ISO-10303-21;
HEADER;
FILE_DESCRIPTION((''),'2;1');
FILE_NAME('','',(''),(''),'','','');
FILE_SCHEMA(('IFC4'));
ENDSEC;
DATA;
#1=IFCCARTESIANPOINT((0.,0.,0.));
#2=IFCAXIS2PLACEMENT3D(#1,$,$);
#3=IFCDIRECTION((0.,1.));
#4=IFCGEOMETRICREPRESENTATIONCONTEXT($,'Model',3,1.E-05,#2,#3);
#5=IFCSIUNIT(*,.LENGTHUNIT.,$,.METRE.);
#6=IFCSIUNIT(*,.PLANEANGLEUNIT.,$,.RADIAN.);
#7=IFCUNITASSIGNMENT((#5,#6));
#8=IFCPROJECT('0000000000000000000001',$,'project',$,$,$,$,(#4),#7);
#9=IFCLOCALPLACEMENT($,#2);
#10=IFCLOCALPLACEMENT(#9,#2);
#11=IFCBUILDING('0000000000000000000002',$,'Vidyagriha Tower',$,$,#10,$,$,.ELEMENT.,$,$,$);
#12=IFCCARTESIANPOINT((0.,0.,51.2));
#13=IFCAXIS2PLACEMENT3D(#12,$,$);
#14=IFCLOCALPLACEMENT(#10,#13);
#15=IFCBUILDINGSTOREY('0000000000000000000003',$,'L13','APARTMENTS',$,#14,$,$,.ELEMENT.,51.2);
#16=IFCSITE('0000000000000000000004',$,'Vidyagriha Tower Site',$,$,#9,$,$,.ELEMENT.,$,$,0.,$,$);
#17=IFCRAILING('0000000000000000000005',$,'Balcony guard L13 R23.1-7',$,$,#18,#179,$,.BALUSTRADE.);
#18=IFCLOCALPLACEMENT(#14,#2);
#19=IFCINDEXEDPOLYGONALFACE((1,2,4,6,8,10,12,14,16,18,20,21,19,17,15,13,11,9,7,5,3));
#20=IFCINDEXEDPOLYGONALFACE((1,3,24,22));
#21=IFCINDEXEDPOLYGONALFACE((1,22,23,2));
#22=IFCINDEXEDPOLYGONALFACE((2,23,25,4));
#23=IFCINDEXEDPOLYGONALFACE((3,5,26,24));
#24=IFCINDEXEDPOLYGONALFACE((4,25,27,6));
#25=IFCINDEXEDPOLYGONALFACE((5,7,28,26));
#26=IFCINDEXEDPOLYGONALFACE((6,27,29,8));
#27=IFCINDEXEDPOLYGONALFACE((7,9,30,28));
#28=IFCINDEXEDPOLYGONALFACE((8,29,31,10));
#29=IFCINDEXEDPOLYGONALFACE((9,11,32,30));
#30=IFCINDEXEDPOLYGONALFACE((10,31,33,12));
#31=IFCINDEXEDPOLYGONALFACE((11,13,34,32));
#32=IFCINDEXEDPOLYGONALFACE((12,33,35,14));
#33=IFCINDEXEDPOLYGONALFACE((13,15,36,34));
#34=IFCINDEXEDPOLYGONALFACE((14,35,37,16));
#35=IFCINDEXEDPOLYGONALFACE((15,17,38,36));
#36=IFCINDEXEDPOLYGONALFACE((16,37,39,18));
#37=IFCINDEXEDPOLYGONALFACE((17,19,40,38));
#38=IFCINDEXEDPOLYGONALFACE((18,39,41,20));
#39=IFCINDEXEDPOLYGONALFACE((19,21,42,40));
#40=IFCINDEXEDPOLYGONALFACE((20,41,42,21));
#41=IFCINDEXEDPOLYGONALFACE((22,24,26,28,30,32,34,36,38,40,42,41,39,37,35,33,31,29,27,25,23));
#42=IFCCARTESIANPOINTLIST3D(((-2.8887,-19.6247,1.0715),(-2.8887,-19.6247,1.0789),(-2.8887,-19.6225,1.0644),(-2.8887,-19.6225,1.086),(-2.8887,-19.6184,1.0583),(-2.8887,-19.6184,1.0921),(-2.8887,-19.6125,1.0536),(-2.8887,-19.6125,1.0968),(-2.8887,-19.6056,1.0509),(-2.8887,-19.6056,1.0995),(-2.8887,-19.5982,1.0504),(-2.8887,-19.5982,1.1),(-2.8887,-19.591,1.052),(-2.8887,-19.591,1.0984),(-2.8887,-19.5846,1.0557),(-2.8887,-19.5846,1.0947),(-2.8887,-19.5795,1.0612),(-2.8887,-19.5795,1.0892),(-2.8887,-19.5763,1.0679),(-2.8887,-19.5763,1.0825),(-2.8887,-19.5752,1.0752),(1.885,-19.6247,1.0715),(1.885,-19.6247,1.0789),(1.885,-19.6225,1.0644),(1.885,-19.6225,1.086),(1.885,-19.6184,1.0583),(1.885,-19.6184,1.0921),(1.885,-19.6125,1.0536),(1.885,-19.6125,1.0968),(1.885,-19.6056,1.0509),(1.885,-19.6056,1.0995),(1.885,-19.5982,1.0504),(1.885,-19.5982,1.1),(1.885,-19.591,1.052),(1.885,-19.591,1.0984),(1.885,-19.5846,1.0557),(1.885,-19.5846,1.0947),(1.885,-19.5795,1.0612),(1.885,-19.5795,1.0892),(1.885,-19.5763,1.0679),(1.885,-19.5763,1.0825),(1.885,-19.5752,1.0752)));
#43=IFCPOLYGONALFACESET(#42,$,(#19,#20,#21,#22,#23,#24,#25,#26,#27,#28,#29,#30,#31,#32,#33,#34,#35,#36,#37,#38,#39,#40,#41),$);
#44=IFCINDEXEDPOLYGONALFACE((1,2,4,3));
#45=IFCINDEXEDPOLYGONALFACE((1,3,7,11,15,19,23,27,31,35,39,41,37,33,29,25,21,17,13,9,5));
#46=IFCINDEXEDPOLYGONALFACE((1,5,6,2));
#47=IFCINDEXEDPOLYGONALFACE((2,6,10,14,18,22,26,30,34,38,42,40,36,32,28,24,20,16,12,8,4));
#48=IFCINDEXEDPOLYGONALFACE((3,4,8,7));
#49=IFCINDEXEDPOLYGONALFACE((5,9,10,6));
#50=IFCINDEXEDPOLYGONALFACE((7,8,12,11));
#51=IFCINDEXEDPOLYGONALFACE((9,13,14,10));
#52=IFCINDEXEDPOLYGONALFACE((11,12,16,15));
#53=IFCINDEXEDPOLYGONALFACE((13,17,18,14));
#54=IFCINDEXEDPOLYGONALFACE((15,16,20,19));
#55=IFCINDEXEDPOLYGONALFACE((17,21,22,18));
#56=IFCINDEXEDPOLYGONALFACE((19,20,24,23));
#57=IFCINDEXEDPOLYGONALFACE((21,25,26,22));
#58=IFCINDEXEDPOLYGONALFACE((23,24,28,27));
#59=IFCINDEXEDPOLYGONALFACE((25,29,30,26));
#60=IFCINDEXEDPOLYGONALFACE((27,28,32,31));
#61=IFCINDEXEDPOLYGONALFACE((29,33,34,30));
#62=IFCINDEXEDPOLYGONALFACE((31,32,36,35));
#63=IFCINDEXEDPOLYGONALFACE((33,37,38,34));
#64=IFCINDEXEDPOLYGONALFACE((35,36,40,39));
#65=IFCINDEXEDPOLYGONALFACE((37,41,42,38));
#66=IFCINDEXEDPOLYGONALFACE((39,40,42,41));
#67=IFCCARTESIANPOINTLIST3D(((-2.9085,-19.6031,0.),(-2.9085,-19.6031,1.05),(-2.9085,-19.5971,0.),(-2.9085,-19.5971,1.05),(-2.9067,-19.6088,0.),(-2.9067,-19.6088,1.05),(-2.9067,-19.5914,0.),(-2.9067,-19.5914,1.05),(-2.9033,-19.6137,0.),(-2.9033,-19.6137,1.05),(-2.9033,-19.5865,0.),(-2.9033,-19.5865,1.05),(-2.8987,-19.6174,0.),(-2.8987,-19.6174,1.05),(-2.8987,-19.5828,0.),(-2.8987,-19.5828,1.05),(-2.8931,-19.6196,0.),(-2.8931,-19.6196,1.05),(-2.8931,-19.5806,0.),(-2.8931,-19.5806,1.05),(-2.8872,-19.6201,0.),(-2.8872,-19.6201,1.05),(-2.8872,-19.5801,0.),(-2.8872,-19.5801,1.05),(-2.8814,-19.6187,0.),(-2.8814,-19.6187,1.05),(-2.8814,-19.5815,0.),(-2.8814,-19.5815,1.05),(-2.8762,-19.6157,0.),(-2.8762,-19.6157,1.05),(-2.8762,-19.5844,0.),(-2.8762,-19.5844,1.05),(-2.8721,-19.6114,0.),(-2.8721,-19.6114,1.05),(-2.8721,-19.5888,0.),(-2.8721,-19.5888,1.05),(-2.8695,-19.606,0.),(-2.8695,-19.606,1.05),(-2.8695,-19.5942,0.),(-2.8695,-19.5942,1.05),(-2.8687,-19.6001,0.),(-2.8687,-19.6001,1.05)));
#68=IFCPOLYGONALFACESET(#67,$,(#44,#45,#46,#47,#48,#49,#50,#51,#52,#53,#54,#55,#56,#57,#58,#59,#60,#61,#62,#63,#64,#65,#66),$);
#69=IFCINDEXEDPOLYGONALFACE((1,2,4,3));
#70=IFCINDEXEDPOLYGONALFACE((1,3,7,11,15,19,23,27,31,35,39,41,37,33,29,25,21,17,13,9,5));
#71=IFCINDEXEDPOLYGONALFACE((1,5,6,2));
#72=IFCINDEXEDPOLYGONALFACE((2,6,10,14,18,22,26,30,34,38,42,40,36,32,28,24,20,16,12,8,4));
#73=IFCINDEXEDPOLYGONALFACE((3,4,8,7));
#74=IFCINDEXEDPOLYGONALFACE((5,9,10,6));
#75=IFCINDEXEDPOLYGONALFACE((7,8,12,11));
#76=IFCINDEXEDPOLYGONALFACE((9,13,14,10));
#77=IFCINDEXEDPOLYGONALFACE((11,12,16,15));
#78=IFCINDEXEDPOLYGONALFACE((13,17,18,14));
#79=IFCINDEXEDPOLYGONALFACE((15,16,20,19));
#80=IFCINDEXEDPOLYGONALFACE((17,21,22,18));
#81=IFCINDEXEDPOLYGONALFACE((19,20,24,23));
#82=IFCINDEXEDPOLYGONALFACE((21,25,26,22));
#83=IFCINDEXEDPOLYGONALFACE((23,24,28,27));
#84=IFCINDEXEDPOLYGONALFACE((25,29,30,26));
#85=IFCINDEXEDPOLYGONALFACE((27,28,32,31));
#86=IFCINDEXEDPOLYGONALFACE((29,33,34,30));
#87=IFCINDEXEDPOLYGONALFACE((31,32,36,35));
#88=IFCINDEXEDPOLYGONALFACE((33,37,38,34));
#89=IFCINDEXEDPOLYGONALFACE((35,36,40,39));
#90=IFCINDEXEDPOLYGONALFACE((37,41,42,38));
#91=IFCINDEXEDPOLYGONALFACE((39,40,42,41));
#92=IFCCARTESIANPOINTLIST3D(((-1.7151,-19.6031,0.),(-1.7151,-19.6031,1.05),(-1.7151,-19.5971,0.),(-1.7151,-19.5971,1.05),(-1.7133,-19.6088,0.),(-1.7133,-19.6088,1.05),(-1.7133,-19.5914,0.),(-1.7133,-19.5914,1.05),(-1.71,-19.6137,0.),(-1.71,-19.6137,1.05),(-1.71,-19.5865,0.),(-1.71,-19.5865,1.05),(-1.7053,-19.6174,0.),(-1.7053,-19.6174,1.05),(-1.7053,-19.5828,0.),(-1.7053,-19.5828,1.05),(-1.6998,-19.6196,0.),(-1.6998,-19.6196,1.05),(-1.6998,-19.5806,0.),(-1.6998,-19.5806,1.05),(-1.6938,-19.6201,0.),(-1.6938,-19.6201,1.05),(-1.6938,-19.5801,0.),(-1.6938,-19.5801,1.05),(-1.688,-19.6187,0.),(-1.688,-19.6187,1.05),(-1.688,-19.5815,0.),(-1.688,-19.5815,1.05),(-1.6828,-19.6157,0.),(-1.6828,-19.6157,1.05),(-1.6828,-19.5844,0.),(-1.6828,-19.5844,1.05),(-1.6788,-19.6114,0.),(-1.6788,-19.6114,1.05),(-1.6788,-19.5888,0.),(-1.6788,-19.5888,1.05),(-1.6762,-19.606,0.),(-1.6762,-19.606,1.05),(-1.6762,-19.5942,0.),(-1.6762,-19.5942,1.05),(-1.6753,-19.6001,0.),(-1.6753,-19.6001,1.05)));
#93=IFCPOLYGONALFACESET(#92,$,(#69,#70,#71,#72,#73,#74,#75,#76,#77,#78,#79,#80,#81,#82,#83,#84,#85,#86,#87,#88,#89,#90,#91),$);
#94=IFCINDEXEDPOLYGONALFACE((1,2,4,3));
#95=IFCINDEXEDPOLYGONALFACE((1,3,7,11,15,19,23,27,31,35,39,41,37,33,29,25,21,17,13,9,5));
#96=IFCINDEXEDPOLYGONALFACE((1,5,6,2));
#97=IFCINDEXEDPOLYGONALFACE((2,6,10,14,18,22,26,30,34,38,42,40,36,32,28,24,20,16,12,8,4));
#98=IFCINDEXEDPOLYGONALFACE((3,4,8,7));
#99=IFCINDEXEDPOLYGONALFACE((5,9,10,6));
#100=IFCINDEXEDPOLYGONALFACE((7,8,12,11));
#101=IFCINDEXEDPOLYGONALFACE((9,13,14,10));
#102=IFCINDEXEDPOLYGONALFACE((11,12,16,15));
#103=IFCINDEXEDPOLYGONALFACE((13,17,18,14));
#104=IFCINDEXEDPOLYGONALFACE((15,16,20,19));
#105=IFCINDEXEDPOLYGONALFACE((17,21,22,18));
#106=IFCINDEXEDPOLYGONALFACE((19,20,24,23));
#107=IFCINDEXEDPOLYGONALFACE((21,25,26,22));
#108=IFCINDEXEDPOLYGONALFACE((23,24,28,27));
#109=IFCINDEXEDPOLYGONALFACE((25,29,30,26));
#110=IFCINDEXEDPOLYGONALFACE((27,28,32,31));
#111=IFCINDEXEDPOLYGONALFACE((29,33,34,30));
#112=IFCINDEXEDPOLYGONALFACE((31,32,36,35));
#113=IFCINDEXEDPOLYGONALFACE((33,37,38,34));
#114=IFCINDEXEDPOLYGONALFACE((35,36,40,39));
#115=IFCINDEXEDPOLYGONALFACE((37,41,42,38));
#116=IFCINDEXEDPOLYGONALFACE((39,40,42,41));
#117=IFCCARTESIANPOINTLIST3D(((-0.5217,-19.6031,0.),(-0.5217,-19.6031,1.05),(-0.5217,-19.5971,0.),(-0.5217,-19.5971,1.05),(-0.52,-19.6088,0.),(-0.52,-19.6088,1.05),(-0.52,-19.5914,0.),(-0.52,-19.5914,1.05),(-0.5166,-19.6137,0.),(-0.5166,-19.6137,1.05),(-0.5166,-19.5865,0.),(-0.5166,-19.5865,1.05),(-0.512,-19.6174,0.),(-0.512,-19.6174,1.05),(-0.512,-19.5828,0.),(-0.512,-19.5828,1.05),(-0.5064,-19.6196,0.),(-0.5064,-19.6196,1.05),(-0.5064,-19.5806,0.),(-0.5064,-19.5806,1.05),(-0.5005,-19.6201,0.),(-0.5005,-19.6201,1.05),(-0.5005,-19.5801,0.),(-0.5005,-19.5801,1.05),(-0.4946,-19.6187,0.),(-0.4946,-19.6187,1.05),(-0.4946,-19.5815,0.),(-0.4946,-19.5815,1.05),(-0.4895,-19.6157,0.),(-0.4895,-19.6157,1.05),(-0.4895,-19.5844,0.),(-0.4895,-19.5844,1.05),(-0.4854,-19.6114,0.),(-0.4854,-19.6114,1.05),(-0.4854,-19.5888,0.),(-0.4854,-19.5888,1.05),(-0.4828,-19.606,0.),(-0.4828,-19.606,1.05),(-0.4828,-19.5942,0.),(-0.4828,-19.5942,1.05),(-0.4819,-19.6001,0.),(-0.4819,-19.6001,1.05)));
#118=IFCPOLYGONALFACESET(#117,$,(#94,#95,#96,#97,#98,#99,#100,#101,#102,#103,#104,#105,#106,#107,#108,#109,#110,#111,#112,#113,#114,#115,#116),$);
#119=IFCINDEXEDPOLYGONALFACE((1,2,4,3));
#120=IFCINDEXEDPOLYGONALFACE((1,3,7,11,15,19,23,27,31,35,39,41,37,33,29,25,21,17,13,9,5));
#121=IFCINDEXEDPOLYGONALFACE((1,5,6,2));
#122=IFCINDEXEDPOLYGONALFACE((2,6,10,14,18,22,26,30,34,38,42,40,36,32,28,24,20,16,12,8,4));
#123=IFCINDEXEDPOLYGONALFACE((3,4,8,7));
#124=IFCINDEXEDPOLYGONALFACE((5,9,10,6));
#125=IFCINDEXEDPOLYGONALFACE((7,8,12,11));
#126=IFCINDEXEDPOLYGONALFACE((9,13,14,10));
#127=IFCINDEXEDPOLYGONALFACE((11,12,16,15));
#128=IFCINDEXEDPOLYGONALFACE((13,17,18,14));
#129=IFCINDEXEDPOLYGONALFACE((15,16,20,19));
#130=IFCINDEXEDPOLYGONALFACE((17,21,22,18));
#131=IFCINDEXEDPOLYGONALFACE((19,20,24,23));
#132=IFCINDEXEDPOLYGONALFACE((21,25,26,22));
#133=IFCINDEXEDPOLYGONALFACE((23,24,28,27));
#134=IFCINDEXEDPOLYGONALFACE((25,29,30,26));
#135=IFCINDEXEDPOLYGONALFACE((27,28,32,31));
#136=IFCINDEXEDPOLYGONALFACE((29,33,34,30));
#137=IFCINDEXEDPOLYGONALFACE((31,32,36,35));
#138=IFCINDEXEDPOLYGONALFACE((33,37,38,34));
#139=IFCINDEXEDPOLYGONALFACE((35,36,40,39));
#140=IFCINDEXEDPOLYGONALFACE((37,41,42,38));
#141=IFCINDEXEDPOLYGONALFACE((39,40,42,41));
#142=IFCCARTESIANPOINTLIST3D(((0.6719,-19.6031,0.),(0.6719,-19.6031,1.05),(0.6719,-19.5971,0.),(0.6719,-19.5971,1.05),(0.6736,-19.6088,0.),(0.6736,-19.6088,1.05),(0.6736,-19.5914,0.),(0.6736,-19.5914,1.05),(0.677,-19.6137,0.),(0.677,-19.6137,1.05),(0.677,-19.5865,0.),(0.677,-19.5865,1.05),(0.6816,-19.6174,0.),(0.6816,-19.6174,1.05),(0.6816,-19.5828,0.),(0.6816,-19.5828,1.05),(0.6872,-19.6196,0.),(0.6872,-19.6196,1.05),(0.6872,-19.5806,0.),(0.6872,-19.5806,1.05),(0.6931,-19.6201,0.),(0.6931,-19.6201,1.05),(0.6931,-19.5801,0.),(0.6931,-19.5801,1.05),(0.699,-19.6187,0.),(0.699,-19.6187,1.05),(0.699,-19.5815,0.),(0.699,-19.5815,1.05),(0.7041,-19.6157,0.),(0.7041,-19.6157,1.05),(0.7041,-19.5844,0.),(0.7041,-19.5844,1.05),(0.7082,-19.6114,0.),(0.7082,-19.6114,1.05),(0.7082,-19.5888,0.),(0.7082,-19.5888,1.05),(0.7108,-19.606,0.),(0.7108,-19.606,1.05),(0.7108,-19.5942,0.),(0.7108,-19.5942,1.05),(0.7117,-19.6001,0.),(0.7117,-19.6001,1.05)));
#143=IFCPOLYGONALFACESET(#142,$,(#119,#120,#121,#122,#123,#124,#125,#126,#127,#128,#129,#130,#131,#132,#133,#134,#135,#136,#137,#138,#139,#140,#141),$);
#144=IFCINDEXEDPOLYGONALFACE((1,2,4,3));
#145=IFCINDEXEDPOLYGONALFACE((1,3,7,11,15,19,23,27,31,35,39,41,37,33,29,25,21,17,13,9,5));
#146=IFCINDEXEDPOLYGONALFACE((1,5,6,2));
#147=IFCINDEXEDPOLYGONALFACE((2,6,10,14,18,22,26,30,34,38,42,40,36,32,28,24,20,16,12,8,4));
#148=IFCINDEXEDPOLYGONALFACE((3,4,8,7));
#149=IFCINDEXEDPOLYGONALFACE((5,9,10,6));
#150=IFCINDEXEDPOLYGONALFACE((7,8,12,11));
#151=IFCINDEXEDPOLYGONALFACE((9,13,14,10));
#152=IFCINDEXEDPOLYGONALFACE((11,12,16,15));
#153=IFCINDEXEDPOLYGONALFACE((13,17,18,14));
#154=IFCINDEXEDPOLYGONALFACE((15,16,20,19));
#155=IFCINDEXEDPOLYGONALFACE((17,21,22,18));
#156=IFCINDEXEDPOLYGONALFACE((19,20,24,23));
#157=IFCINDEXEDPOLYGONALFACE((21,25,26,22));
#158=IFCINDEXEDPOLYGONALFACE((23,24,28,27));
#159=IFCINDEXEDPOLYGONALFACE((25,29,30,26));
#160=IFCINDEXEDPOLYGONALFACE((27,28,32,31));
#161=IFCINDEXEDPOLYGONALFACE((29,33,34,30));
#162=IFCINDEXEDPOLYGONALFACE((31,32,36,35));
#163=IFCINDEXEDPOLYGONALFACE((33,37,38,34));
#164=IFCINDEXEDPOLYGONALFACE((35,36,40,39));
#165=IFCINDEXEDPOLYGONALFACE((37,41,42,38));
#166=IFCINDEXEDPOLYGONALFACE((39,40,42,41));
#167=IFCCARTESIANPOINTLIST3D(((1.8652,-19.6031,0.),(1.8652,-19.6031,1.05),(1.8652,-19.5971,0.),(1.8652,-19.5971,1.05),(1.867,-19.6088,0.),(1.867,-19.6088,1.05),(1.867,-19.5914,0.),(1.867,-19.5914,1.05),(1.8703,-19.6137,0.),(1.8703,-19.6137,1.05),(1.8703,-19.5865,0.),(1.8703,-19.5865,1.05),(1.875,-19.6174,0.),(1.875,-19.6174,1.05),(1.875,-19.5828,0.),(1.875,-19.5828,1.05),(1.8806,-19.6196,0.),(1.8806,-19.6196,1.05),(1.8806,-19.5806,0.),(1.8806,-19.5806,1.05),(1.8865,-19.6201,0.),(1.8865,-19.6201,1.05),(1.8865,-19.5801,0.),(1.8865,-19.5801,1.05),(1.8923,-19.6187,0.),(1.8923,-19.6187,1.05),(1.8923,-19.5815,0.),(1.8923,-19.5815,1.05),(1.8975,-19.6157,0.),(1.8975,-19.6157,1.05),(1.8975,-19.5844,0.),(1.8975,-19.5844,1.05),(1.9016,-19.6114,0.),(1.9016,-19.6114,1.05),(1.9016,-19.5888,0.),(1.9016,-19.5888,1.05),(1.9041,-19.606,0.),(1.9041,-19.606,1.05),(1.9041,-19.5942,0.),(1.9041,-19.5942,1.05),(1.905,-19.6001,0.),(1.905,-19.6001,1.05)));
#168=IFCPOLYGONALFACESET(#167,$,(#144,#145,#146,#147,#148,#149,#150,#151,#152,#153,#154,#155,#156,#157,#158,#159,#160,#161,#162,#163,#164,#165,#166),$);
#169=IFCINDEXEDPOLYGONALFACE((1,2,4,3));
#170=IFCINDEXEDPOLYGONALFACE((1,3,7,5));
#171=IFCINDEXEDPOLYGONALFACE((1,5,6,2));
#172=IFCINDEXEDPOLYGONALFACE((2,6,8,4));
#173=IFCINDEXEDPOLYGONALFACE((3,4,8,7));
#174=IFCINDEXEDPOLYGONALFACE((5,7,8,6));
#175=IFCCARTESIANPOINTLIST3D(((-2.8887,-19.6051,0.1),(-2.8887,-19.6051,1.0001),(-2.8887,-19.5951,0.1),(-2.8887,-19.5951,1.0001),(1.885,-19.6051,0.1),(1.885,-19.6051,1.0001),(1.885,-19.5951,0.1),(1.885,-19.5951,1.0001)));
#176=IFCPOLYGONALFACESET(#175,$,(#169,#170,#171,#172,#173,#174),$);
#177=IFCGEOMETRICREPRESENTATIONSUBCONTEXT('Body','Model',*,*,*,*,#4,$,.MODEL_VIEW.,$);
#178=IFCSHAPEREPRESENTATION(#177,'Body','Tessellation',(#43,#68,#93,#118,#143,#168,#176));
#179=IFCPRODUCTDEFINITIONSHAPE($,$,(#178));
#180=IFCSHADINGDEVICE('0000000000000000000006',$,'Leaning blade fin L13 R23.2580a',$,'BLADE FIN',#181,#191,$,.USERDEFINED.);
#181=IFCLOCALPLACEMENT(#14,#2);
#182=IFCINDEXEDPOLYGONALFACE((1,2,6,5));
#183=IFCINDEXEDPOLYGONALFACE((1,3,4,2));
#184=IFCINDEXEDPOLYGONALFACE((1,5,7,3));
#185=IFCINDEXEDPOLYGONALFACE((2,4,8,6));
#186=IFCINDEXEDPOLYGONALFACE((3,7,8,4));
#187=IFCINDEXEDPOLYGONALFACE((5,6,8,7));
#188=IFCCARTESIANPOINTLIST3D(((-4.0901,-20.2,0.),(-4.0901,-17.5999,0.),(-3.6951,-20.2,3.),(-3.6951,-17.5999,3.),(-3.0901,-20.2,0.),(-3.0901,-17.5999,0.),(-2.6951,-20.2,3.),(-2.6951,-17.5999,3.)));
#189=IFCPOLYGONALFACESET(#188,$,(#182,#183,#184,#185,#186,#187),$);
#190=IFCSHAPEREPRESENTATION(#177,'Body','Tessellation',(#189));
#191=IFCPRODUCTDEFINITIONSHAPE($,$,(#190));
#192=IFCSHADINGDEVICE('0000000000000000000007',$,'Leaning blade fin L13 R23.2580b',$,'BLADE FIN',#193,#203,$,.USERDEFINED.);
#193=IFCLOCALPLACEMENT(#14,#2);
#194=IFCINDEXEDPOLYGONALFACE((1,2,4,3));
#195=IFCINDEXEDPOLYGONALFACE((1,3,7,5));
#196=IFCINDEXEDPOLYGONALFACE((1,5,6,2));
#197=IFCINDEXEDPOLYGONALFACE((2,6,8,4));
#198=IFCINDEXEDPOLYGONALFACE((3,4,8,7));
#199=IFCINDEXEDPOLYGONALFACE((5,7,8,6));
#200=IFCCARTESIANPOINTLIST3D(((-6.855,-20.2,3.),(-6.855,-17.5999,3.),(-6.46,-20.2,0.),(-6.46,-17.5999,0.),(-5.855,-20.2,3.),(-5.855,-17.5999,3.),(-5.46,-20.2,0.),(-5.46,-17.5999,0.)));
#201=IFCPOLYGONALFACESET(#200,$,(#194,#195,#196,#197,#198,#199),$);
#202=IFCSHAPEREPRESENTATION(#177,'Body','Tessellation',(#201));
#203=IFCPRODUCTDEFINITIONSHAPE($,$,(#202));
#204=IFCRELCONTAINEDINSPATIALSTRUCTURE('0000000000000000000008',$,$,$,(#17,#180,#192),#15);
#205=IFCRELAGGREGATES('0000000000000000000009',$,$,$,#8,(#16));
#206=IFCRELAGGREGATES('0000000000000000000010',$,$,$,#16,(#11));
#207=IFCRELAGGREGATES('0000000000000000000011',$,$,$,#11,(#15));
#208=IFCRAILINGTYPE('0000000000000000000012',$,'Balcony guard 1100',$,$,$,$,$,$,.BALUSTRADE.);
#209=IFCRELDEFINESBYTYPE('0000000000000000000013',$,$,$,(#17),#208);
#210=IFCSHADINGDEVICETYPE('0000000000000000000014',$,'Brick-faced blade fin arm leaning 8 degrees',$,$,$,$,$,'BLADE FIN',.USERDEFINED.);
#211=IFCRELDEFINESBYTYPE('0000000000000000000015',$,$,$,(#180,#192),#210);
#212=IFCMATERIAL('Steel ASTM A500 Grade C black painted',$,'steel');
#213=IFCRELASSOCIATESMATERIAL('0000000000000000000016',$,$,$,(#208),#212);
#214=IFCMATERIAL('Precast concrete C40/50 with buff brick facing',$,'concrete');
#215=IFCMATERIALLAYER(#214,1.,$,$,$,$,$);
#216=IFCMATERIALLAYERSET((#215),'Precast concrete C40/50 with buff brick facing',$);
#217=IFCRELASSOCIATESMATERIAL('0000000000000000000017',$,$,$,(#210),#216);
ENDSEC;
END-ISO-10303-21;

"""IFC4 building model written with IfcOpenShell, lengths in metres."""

from ifc_helpers import new_model, si_unit, direction, frame, origin, origin_2d, place, context, subcontext, project, spatial, polyline, rectangle, circle, outline, extrude, material, layer, layer_set, type_object, element, save


model = new_model("IFC4")

# Units and contexts
model_context = context("Model", 3, precision=1e-05, world=origin(), true_north=direction((0.0, 1.0)))
body_context = subcontext(model_context, "Body", "Model", "MODEL_VIEW")
ifc_project = project(units=[si_unit("LENGTHUNIT", "METRE"), si_unit("PLANEANGLEUNIT", "RADIAN")], contexts=[model_context])

# Site, building, storey
site_placement = place(None, origin())
site = spatial("IfcSite", under=ifc_project, at=site_placement, Name="Vidyagriha Tower Site", CompositionType="ELEMENT", RefElevation=0.0)
building_placement = place(site_placement, origin())
building = spatial("IfcBuilding", under=site, at=building_placement, Name="Vidyagriha Tower", CompositionType="ELEMENT")
storey_placement = place(building_placement, frame((0.0, 0.0, 51.2)))
storey = spatial("IfcBuildingStorey", under=building, at=storey_placement, Name="L13", Description="APARTMENTS", CompositionType="ELEMENT", Elevation=51.2)

# Railing
ifc_material_1 = material(Name="Steel ASTM A500 Grade C black painted", Category="steel")
railing_type = type_object("IfcRailingType", Name="Balcony guard 1100", PredefinedType="BALUSTRADE", material=ifc_material_1)
railing_1_placement = place(storey_placement, frame((-2.8887, -19.6001, 0.0)))
element("IfcRailing", 1, at=railing_1_placement, inside=storey, type_object=railing_type, Name="Balcony guard L13 R23.1-7", PredefinedType="BALUSTRADE", context=body_context, shape_type="SweptSolid", body=[
    extrude(circle(Radius=0.0249, at=origin_2d()), frame((0.0, 0.0, 1.0752), z_axis=(1.0, 0.0, 0.0), x_axis=(0.0, 1.0, 0.0)), (0.0, 0.0, 1.0), 4.7737),
    extrude(circle(Radius=0.02, at=origin_2d()), origin(), (0.0, 0.0, 1.0), 1.05),
    extrude(circle(Radius=0.02, at=origin_2d()), frame((1.1934, 0.0, 0.0)), (0.0, 0.0, 1.0), 1.05),
    extrude(circle(Radius=0.02, at=origin_2d()), frame((2.3867, 0.0, 0.0)), (0.0, 0.0, 1.0), 1.05),
    extrude(circle(Radius=0.02, at=origin_2d()), frame((3.5803, 0.0, 0.0)), (0.0, 0.0, 1.0), 1.05),
    extrude(circle(Radius=0.02, at=origin_2d()), frame((4.7737, 0.0, 0.0)), (0.0, 0.0, 1.0), 1.05),
    extrude(rectangle(XDim=0.01, YDim=0.9001, at=origin_2d()), frame((0.0, 0.0, 0.55), z_axis=(1.0, 0.0, 0.0), x_axis=(0.0, 1.0, 0.0)), (0.0, 0.0, 1.0), 4.7737),
])

# Shading devices
ifc_material_2 = material(Name="Precast concrete C40/50 with buff brick facing", Category="concrete")
ifc_layer_1 = layer(ifc_material_2, 1.0)
ifc_layer_set_1 = layer_set([ifc_layer_1], Name="Precast concrete C40/50 with buff brick facing")
shading_device_type = type_object("IfcShadingDeviceType", Name="Brick-faced blade fin arm leaning 8 degrees", ElementType="BLADE FIN", PredefinedType="USERDEFINED", material=ifc_layer_set_1)
shading_device_1_placement = place(storey_placement, frame((-4.0901, -18.8999, 0.0)))
element("IfcShadingDevice", 2, at=shading_device_1_placement, inside=storey, type_object=shading_device_type, Name="Leaning blade fin L13 R23.2580a", ObjectType="BLADE FIN", PredefinedType="USERDEFINED", context=body_context, shape_type="SweptSolid", body=[
    extrude(outline(polyline([(0.0, 0.0), (1.0, 0.0), (1.395, 3.0), (0.395, 3.0), (0.0, 0.0)])), frame((0.0, 1.3, 0.0), z_axis=(0.0, -1.0, 0.0), x_axis=(1.0, 0.0, 0.0)), (0.0, 0.0, 1.0), 2.6001),
])
shading_device_2_placement = place(storey_placement, frame((-6.855, -18.8999, 0.0)))
element("IfcShadingDevice", 3, at=shading_device_2_placement, inside=storey, type_object=shading_device_type, Name="Leaning blade fin L13 R23.2580b", ObjectType="BLADE FIN", PredefinedType="USERDEFINED", context=body_context, shape_type="SweptSolid", body=[
    extrude(outline(polyline([(0.395, 0.0), (1.395, 0.0), (1.0, 3.0), (0.0, 3.0), (0.395, 0.0)])), frame((0.0, 1.3, 0.0), z_axis=(0.0, -1.0, 0.0), x_axis=(1.0, 0.0, 0.0)), (0.0, 0.0, 1.0), 2.6001),
])

save(model, "model.ifc")
